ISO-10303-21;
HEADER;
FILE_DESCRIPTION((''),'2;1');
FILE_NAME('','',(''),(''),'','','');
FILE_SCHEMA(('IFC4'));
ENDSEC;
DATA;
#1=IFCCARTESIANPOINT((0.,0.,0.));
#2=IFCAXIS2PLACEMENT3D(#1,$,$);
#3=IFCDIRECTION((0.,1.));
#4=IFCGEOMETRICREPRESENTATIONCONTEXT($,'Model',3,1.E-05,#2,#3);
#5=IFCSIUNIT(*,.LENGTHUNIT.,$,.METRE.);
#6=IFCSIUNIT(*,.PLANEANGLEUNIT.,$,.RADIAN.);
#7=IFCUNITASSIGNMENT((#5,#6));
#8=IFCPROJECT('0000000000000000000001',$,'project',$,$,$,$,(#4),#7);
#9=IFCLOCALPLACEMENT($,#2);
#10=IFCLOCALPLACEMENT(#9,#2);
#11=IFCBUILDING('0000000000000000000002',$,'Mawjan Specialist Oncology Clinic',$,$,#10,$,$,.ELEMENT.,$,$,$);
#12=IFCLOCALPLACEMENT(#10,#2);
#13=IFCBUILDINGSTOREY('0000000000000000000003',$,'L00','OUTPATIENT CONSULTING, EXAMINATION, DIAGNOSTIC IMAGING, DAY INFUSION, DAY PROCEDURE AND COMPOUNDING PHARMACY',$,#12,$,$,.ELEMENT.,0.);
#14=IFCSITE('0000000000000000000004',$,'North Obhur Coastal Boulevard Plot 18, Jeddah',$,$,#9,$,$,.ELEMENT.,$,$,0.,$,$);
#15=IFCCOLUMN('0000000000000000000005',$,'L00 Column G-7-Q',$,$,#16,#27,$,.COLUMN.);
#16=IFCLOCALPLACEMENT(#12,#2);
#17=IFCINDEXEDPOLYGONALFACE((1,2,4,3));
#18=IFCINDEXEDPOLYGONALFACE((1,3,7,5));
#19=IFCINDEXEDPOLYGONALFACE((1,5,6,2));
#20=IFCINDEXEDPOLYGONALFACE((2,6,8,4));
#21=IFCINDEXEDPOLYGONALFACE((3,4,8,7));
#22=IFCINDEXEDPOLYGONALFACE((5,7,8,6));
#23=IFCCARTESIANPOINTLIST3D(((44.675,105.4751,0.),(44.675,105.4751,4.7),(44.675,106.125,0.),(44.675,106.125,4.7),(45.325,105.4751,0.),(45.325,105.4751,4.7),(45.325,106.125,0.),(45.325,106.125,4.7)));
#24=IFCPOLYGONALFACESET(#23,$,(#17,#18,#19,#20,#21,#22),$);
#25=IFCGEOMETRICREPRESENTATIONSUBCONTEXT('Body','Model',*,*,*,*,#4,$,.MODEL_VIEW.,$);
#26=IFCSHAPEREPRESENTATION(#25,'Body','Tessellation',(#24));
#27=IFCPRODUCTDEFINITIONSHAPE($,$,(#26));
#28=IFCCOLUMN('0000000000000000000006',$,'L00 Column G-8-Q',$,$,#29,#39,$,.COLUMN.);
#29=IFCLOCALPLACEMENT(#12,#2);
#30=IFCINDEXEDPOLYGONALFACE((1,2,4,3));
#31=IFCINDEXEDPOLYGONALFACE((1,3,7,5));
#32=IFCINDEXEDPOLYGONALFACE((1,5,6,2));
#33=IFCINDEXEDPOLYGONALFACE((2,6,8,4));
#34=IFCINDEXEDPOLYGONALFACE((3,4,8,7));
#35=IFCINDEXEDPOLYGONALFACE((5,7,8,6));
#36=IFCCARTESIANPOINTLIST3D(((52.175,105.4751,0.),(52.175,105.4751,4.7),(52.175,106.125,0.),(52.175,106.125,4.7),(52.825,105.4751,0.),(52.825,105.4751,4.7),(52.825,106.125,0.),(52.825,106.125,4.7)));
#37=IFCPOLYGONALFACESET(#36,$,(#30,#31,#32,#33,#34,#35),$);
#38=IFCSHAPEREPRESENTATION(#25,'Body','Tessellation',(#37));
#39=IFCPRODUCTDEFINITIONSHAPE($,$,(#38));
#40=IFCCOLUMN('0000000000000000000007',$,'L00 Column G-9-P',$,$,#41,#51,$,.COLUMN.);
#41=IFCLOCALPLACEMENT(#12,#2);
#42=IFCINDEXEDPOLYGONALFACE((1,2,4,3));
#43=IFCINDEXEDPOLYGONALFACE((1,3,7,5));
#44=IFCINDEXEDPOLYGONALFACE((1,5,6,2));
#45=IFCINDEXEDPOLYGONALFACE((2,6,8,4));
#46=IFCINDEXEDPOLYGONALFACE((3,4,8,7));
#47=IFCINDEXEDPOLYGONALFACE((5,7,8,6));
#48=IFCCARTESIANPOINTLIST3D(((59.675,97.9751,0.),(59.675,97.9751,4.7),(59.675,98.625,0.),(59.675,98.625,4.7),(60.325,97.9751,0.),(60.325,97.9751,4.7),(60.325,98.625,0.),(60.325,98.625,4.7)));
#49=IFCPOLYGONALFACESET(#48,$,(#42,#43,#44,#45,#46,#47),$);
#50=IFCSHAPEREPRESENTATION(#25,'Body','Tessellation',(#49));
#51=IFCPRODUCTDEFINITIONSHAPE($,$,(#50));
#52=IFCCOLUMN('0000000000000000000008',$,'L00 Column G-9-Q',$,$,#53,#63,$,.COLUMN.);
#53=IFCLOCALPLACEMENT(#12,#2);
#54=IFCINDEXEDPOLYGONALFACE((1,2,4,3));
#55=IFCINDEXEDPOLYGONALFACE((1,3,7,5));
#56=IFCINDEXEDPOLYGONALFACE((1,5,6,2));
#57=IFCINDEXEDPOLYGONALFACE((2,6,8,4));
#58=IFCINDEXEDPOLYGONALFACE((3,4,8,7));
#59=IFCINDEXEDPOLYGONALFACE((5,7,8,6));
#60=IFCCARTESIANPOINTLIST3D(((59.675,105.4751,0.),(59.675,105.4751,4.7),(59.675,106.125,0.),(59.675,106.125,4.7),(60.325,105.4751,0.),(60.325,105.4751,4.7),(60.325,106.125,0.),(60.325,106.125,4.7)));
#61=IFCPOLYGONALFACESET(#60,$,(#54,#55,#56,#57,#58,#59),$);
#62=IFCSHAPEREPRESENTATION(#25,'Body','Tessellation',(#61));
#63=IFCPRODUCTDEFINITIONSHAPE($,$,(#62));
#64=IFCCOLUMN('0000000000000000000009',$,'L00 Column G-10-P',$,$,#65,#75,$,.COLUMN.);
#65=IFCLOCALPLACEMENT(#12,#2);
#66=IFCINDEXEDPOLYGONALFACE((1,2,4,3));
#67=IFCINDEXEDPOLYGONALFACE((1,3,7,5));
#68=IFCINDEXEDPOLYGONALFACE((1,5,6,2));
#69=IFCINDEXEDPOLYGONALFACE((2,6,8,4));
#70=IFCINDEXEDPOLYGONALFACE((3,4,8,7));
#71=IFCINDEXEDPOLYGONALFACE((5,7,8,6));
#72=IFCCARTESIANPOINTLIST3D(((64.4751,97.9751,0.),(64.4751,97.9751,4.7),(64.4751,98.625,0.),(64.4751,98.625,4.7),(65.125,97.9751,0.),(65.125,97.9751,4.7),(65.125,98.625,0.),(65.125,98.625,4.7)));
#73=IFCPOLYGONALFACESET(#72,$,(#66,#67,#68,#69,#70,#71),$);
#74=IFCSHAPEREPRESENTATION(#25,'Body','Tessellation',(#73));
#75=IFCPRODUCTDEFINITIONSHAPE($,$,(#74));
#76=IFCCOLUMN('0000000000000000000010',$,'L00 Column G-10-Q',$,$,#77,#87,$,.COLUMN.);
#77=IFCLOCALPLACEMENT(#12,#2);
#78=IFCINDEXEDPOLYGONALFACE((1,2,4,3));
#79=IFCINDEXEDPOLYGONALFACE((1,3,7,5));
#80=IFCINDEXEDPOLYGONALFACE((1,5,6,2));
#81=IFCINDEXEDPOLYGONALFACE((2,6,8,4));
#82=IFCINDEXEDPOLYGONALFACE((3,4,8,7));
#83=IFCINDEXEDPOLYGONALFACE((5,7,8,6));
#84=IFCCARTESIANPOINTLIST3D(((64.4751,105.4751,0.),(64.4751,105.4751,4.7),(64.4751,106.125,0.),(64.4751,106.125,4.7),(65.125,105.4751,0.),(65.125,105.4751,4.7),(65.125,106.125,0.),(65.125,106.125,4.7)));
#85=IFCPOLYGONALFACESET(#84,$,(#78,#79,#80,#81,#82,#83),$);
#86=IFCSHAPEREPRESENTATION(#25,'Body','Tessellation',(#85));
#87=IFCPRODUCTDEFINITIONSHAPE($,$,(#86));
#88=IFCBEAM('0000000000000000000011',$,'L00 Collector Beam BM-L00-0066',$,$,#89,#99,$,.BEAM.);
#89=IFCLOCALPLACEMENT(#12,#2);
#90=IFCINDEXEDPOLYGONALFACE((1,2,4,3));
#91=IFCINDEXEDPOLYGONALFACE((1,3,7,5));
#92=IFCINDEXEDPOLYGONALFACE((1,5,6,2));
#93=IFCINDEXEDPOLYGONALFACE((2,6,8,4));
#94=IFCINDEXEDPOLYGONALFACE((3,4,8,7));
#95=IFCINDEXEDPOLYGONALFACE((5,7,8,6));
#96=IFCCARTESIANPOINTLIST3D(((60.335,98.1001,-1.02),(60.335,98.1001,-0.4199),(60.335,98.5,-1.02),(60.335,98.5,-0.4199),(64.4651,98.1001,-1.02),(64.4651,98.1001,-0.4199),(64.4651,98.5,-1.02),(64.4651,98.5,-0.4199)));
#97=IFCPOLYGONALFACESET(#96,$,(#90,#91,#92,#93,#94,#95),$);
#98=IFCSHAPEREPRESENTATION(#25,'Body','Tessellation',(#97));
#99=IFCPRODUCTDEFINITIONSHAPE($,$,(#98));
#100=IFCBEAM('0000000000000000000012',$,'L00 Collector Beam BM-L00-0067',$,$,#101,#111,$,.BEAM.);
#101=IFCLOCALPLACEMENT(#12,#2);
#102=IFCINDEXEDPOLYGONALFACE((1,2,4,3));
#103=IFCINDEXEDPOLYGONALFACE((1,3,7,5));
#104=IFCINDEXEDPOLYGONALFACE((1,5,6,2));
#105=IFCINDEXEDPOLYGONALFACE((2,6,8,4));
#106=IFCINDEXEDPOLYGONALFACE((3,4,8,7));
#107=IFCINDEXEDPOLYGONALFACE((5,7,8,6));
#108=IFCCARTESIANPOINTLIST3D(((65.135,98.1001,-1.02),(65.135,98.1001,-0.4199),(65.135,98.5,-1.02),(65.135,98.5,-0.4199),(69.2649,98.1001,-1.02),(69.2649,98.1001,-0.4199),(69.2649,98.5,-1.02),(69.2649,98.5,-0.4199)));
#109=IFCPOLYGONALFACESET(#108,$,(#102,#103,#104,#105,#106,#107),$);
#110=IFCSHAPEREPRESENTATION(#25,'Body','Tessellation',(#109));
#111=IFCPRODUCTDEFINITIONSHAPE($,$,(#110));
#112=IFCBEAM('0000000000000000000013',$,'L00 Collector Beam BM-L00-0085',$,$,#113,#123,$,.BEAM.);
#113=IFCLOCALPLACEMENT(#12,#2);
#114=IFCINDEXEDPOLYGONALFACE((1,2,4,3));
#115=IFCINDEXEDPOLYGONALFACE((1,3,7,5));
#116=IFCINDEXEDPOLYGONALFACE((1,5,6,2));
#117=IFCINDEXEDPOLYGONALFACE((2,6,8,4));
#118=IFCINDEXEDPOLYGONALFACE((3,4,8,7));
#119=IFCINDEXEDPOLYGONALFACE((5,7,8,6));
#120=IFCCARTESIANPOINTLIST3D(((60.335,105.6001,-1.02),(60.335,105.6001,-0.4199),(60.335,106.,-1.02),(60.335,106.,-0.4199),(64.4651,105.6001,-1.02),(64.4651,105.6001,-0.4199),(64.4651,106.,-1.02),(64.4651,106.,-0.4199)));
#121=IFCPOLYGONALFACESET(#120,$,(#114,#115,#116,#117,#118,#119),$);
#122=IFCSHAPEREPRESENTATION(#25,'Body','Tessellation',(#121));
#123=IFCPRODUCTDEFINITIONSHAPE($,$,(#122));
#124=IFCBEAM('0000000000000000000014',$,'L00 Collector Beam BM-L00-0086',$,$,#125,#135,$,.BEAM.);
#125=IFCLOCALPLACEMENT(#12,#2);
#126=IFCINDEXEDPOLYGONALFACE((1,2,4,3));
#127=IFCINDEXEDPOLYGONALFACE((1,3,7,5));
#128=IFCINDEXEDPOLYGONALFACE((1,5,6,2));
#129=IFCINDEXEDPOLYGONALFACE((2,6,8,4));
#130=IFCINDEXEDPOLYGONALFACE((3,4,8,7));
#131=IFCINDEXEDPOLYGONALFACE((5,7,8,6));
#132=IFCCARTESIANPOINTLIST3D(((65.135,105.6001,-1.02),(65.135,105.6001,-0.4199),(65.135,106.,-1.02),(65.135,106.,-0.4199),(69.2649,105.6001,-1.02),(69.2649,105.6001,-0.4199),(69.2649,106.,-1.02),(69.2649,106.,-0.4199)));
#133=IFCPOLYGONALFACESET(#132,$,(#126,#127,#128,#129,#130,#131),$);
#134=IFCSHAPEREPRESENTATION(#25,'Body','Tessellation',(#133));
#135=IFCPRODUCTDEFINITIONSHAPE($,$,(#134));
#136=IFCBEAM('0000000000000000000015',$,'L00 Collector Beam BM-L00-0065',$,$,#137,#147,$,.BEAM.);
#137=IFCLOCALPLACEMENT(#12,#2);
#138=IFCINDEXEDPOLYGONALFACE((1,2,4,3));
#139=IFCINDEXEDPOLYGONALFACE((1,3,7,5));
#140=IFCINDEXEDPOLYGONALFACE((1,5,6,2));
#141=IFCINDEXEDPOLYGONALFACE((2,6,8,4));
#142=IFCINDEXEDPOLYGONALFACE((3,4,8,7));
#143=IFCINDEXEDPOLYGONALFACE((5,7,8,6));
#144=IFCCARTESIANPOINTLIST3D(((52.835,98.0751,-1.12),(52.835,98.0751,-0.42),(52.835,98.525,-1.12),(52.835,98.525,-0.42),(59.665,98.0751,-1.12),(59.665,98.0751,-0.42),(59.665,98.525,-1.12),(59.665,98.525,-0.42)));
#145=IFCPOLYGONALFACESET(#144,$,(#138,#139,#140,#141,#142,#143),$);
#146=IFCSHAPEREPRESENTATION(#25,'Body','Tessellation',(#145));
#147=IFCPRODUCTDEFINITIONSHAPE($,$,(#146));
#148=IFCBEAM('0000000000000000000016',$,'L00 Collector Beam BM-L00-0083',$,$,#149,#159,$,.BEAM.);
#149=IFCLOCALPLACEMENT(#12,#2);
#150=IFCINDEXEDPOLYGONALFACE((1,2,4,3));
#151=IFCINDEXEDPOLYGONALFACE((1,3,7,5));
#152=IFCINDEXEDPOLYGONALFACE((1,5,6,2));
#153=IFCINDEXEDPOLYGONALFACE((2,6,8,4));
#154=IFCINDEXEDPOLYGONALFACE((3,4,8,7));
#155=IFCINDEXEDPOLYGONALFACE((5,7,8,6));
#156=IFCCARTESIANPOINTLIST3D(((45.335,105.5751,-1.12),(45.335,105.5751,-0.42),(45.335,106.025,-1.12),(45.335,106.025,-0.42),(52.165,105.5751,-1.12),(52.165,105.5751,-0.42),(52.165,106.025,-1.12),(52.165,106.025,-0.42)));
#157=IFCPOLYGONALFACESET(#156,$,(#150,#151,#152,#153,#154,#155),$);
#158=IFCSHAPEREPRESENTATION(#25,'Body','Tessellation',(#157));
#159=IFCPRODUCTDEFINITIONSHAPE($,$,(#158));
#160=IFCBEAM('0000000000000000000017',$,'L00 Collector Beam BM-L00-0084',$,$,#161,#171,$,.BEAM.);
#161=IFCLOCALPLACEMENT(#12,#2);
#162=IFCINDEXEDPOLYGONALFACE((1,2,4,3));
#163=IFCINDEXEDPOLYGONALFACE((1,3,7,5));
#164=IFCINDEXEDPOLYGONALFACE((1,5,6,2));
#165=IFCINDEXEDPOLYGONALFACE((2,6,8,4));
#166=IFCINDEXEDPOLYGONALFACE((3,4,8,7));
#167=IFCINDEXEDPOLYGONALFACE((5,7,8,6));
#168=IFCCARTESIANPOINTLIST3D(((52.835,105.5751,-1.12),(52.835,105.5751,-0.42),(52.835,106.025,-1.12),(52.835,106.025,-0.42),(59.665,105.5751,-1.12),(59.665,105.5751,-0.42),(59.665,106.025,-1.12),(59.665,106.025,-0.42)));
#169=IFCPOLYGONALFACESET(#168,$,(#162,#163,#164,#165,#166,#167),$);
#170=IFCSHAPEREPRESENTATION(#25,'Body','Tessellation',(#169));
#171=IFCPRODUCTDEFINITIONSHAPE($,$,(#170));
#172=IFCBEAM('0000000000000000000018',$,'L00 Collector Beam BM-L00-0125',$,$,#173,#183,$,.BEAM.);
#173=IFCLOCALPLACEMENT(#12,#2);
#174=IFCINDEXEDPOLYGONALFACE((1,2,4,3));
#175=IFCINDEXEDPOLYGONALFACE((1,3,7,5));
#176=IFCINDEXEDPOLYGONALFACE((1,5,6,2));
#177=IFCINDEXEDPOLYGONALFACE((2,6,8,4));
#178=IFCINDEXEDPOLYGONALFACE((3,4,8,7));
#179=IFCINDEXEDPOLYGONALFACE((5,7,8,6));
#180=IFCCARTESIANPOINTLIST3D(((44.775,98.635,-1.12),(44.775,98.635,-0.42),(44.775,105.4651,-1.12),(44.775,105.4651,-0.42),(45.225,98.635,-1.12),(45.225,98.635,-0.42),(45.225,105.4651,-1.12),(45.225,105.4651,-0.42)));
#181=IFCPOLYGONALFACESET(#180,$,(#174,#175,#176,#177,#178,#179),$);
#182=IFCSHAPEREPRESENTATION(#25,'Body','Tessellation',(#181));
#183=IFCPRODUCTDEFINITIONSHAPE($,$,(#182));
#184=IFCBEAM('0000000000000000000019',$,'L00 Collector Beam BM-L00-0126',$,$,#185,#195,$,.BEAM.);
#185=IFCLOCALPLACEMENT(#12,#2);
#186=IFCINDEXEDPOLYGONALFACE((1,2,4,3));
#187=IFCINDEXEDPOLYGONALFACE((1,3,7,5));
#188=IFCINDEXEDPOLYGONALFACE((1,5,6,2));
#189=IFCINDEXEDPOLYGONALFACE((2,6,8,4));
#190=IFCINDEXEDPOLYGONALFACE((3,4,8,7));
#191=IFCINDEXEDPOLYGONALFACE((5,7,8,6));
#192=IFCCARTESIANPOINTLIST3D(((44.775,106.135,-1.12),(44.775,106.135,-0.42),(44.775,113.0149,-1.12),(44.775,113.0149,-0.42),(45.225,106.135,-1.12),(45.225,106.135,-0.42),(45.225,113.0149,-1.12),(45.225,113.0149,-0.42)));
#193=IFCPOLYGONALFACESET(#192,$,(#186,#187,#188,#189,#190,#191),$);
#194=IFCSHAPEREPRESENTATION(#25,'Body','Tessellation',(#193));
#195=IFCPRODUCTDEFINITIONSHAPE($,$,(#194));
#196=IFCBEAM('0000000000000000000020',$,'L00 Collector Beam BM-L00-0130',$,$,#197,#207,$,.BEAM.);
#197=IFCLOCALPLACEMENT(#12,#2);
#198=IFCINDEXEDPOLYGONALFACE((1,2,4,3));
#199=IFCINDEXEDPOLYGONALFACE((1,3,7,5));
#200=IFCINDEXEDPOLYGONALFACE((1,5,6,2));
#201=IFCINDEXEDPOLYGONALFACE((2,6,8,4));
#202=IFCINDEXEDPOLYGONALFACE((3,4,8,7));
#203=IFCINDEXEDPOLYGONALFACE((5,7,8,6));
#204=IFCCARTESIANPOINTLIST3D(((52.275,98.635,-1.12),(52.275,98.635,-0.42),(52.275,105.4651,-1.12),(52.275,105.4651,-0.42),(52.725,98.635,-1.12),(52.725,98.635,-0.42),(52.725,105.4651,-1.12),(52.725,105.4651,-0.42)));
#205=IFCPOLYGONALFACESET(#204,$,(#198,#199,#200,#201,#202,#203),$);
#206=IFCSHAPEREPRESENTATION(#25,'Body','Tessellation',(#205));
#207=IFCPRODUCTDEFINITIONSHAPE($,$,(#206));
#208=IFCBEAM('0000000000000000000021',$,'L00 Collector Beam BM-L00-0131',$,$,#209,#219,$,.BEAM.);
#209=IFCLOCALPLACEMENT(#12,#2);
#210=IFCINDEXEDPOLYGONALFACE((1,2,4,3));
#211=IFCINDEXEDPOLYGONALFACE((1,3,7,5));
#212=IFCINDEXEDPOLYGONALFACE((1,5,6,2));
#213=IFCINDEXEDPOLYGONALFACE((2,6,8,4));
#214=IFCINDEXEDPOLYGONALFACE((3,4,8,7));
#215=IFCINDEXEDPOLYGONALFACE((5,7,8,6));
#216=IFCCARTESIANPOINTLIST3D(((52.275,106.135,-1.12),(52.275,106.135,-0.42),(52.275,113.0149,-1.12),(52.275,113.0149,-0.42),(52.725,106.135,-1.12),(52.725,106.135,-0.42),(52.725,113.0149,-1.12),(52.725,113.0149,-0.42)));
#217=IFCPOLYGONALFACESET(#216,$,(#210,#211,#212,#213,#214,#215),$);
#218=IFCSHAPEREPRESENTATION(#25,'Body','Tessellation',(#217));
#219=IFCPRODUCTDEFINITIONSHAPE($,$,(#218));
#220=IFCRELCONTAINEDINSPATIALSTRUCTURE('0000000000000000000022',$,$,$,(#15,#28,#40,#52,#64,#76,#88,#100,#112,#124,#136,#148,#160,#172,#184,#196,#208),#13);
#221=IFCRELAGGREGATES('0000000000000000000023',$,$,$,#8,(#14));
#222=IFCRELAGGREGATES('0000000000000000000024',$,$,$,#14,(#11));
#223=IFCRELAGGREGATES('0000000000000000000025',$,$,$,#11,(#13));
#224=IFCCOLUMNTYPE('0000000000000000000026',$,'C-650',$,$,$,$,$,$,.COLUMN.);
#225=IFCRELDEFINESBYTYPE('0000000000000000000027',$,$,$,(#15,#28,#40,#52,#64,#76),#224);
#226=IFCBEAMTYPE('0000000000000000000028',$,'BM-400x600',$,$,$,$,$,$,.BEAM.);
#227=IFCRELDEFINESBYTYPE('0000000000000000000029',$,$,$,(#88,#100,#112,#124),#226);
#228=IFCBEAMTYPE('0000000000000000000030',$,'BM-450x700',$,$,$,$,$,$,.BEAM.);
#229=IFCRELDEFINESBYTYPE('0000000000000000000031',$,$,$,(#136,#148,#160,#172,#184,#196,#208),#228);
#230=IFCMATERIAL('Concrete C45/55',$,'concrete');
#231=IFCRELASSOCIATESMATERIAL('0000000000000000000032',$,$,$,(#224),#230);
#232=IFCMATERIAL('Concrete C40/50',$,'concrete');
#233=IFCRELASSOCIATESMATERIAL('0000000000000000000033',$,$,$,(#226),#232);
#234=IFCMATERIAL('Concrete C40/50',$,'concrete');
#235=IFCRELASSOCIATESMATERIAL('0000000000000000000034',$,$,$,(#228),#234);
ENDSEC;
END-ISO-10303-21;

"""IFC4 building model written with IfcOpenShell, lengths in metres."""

from ifc_helpers import new_model, si_unit, direction, frame, origin, origin_2d, place, context, subcontext, project, spatial, rectangle, extrude, material, material_profile, profile_set, type_object, element, save


model = new_model("IFC4")

# Units and contexts
model_context = context("Model", 3, precision=1e-05, world=origin(), true_north=direction((0.0, 1.0)))
body_context = subcontext(model_context, "Body", "Model", "MODEL_VIEW")
ifc_project = project(units=[si_unit("LENGTHUNIT", "METRE"), si_unit("PLANEANGLEUNIT", "RADIAN")], contexts=[model_context])

# Site, building, storey
site_placement = place(None, origin())
site = spatial("IfcSite", under=ifc_project, at=site_placement, Name="North Obhur Coastal Boulevard Plot 18, Jeddah", CompositionType="ELEMENT", RefElevation=0.0)
building_placement = place(site_placement, origin())
building = spatial("IfcBuilding", under=site, at=building_placement, Name="Mawjan Specialist Oncology Clinic", CompositionType="ELEMENT")
storey_placement = place(building_placement, origin())
storey = spatial("IfcBuildingStorey", under=building, at=storey_placement, Name="L00", Description="OUTPATIENT CONSULTING, EXAMINATION, DIAGNOSTIC IMAGING, DAY INFUSION, DAY PROCEDURE AND COMPOUNDING PHARMACY", CompositionType="ELEMENT", Elevation=0.0)

# Columns
ifc_material_1 = material(Name="Concrete C45/55", Category="concrete")
ifc_material_profile_1 = material_profile(ifc_material_1, rectangle(XDim=0.6499, YDim=0.6499, at=origin_2d()), Name="RC COL 650x650", Category="concrete")
ifc_profile_set_1 = profile_set([ifc_material_profile_1], Name="Concrete C45/55")
column_type = type_object("IfcColumnType", Name="C-650", PredefinedType="COLUMN", material=ifc_profile_set_1)
for number, where, z_axis, x_axis, name in (
    (1, (45.0, 105.8, 0.0), (0.0, 0.0, 1.0), (1.0, 0.0, 0.0), "L00 Column G-7-Q"),
    (2, (52.5, 105.8, 0.0), (0.0, 0.0, 1.0), (1.0, 0.0, 0.0), "L00 Column G-8-Q"),
    (3, (60.0, 98.3, 0.0), (0.0, 0.0, 1.0), (1.0, 0.0, 0.0), "L00 Column G-9-P"),
    (4, (60.0, 105.8, 0.0), (0.0, 0.0, 1.0), (1.0, 0.0, 0.0), "L00 Column G-9-Q"),
    (5, (64.8, 98.3, 0.0), (0.0, 0.0, 1.0), (1.0, 0.0, 0.0), "L00 Column G-10-P"),
    (6, (64.8, 105.8, 0.0), (0.0, 0.0, 1.0), (1.0, 0.0, 0.0), "L00 Column G-10-Q"),
):
    element("IfcColumn", number, at=place(storey_placement, frame(where, z_axis=z_axis, x_axis=x_axis)), inside=storey, type_object=column_type, Name=name, PredefinedType="COLUMN", context=body_context, shape_type="SweptSolid", body=[
        extrude(rectangle(XDim=0.6499, YDim=0.6499, at=origin_2d()), origin(), (0.0, 0.0, 1.0), 4.7),
    ])

# Beams
ifc_material_2 = material(Name="Concrete C40/50", Category="concrete")
ifc_material_profile_2 = material_profile(ifc_material_2, rectangle(XDim=0.3999, YDim=0.6001, at=origin_2d()), Name="RC BM 400x600", Category="concrete")
ifc_profile_set_2 = profile_set([ifc_material_profile_2], Name="Concrete C40/50")
beam_type_1 = type_object("IfcBeamType", Name="BM-400x600", PredefinedType="BEAM", material=ifc_profile_set_2)
beam_1_placement = place(storey_placement, frame((60.335, 98.3, -0.72), z_axis=(1.0, 0.0, 0.0), x_axis=(0.0, 1.0, 0.0)))
element("IfcBeam", 7, at=beam_1_placement, inside=storey, type_object=beam_type_1, Name="L00 Collector Beam BM-L00-0066", PredefinedType="BEAM", context=body_context, shape_type="SweptSolid", body=[
    extrude(rectangle(XDim=0.3999, YDim=0.6001, at=origin_2d()), origin(), (0.0, 0.0, 1.0), 4.1301),
])
beam_2_placement = place(storey_placement, frame((65.135, 98.3, -0.72), z_axis=(1.0, 0.0, 0.0), x_axis=(0.0, 1.0, 0.0)))
element("IfcBeam", 8, at=beam_2_placement, inside=storey, type_object=beam_type_1, Name="L00 Collector Beam BM-L00-0067", PredefinedType="BEAM", context=body_context, shape_type="SweptSolid", body=[
    extrude(rectangle(XDim=0.3999, YDim=0.6001, at=origin_2d()), origin(), (0.0, 0.0, 1.0), 4.1299),
])
beam_3_placement = place(storey_placement, frame((60.335, 105.8, -0.72), z_axis=(1.0, 0.0, 0.0), x_axis=(0.0, 1.0, 0.0)))
element("IfcBeam", 9, at=beam_3_placement, inside=storey, type_object=beam_type_1, Name="L00 Collector Beam BM-L00-0085", PredefinedType="BEAM", context=body_context, shape_type="SweptSolid", body=[
    extrude(rectangle(XDim=0.3999, YDim=0.6001, at=origin_2d()), origin(), (0.0, 0.0, 1.0), 4.1301),
])
beam_4_placement = place(storey_placement, frame((65.135, 105.8, -0.72), z_axis=(1.0, 0.0, 0.0), x_axis=(0.0, 1.0, 0.0)))
element("IfcBeam", 10, at=beam_4_placement, inside=storey, type_object=beam_type_1, Name="L00 Collector Beam BM-L00-0086", PredefinedType="BEAM", context=body_context, shape_type="SweptSolid", body=[
    extrude(rectangle(XDim=0.3999, YDim=0.6001, at=origin_2d()), origin(), (0.0, 0.0, 1.0), 4.1299),
])
ifc_material_3 = material(Name="Concrete C40/50", Category="concrete")
ifc_material_profile_3 = material_profile(ifc_material_3, rectangle(XDim=0.45, YDim=0.7, at=origin_2d()), Name="RC BM 450x700", Category="concrete")
ifc_profile_set_3 = profile_set([ifc_material_profile_3], Name="Concrete C40/50")
beam_type_2 = type_object("IfcBeamType", Name="BM-450x700", PredefinedType="BEAM", material=ifc_profile_set_3)
for number, where, z_axis, x_axis, name in (
    (11, (52.835, 98.3, -0.77), (1.0, 0.0, 0.0), (0.0, 1.0, 0.0), "L00 Collector Beam BM-L00-0065"),
    (12, (45.335, 105.8, -0.77), (1.0, 0.0, 0.0), (0.0, 1.0, 0.0), "L00 Collector Beam BM-L00-0083"),
    (13, (52.835, 105.8, -0.77), (1.0, 0.0, 0.0), (0.0, 1.0, 0.0), "L00 Collector Beam BM-L00-0084"),
    (14, (45.0, 98.635, -0.77), (0.0, 1.0, 0.0), (-1.0, 0.0, 0.0), "L00 Collector Beam BM-L00-0125"),
):
    element("IfcBeam", number, at=place(storey_placement, frame(where, z_axis=z_axis, x_axis=x_axis)), inside=storey, type_object=beam_type_2, Name=name, PredefinedType="BEAM", context=body_context, shape_type="SweptSolid", body=[
        extrude(rectangle(XDim=0.45, YDim=0.7, at=origin_2d()), origin(), (0.0, 0.0, 1.0), 6.8301),
    ])
beam_5_placement = place(storey_placement, frame((45.0, 106.135, -0.77), z_axis=(0.0, 1.0, 0.0), x_axis=(-1.0, 0.0, 0.0)))
element("IfcBeam", 15, at=beam_5_placement, inside=storey, type_object=beam_type_2, Name="L00 Collector Beam BM-L00-0126", PredefinedType="BEAM", context=body_context, shape_type="SweptSolid", body=[
    extrude(rectangle(XDim=0.45, YDim=0.7, at=origin_2d()), origin(), (0.0, 0.0, 1.0), 6.8799),
])
beam_6_placement = place(storey_placement, frame((52.5, 98.635, -0.77), z_axis=(0.0, 1.0, 0.0), x_axis=(-1.0, 0.0, 0.0)))
element("IfcBeam", 16, at=beam_6_placement, inside=storey, type_object=beam_type_2, Name="L00 Collector Beam BM-L00-0130", PredefinedType="BEAM", context=body_context, shape_type="SweptSolid", body=[
    extrude(rectangle(XDim=0.45, YDim=0.7, at=origin_2d()), origin(), (0.0, 0.0, 1.0), 6.8301),
])
beam_7_placement = place(storey_placement, frame((52.5, 106.135, -0.77), z_axis=(0.0, 1.0, 0.0), x_axis=(-1.0, 0.0, 0.0)))
element("IfcBeam", 17, at=beam_7_placement, inside=storey, type_object=beam_type_2, Name="L00 Collector Beam BM-L00-0131", PredefinedType="BEAM", context=body_context, shape_type="SweptSolid", body=[
    extrude(rectangle(XDim=0.45, YDim=0.7, at=origin_2d()), origin(), (0.0, 0.0, 1.0), 6.8799),
])

save(model, "model.ifc")
